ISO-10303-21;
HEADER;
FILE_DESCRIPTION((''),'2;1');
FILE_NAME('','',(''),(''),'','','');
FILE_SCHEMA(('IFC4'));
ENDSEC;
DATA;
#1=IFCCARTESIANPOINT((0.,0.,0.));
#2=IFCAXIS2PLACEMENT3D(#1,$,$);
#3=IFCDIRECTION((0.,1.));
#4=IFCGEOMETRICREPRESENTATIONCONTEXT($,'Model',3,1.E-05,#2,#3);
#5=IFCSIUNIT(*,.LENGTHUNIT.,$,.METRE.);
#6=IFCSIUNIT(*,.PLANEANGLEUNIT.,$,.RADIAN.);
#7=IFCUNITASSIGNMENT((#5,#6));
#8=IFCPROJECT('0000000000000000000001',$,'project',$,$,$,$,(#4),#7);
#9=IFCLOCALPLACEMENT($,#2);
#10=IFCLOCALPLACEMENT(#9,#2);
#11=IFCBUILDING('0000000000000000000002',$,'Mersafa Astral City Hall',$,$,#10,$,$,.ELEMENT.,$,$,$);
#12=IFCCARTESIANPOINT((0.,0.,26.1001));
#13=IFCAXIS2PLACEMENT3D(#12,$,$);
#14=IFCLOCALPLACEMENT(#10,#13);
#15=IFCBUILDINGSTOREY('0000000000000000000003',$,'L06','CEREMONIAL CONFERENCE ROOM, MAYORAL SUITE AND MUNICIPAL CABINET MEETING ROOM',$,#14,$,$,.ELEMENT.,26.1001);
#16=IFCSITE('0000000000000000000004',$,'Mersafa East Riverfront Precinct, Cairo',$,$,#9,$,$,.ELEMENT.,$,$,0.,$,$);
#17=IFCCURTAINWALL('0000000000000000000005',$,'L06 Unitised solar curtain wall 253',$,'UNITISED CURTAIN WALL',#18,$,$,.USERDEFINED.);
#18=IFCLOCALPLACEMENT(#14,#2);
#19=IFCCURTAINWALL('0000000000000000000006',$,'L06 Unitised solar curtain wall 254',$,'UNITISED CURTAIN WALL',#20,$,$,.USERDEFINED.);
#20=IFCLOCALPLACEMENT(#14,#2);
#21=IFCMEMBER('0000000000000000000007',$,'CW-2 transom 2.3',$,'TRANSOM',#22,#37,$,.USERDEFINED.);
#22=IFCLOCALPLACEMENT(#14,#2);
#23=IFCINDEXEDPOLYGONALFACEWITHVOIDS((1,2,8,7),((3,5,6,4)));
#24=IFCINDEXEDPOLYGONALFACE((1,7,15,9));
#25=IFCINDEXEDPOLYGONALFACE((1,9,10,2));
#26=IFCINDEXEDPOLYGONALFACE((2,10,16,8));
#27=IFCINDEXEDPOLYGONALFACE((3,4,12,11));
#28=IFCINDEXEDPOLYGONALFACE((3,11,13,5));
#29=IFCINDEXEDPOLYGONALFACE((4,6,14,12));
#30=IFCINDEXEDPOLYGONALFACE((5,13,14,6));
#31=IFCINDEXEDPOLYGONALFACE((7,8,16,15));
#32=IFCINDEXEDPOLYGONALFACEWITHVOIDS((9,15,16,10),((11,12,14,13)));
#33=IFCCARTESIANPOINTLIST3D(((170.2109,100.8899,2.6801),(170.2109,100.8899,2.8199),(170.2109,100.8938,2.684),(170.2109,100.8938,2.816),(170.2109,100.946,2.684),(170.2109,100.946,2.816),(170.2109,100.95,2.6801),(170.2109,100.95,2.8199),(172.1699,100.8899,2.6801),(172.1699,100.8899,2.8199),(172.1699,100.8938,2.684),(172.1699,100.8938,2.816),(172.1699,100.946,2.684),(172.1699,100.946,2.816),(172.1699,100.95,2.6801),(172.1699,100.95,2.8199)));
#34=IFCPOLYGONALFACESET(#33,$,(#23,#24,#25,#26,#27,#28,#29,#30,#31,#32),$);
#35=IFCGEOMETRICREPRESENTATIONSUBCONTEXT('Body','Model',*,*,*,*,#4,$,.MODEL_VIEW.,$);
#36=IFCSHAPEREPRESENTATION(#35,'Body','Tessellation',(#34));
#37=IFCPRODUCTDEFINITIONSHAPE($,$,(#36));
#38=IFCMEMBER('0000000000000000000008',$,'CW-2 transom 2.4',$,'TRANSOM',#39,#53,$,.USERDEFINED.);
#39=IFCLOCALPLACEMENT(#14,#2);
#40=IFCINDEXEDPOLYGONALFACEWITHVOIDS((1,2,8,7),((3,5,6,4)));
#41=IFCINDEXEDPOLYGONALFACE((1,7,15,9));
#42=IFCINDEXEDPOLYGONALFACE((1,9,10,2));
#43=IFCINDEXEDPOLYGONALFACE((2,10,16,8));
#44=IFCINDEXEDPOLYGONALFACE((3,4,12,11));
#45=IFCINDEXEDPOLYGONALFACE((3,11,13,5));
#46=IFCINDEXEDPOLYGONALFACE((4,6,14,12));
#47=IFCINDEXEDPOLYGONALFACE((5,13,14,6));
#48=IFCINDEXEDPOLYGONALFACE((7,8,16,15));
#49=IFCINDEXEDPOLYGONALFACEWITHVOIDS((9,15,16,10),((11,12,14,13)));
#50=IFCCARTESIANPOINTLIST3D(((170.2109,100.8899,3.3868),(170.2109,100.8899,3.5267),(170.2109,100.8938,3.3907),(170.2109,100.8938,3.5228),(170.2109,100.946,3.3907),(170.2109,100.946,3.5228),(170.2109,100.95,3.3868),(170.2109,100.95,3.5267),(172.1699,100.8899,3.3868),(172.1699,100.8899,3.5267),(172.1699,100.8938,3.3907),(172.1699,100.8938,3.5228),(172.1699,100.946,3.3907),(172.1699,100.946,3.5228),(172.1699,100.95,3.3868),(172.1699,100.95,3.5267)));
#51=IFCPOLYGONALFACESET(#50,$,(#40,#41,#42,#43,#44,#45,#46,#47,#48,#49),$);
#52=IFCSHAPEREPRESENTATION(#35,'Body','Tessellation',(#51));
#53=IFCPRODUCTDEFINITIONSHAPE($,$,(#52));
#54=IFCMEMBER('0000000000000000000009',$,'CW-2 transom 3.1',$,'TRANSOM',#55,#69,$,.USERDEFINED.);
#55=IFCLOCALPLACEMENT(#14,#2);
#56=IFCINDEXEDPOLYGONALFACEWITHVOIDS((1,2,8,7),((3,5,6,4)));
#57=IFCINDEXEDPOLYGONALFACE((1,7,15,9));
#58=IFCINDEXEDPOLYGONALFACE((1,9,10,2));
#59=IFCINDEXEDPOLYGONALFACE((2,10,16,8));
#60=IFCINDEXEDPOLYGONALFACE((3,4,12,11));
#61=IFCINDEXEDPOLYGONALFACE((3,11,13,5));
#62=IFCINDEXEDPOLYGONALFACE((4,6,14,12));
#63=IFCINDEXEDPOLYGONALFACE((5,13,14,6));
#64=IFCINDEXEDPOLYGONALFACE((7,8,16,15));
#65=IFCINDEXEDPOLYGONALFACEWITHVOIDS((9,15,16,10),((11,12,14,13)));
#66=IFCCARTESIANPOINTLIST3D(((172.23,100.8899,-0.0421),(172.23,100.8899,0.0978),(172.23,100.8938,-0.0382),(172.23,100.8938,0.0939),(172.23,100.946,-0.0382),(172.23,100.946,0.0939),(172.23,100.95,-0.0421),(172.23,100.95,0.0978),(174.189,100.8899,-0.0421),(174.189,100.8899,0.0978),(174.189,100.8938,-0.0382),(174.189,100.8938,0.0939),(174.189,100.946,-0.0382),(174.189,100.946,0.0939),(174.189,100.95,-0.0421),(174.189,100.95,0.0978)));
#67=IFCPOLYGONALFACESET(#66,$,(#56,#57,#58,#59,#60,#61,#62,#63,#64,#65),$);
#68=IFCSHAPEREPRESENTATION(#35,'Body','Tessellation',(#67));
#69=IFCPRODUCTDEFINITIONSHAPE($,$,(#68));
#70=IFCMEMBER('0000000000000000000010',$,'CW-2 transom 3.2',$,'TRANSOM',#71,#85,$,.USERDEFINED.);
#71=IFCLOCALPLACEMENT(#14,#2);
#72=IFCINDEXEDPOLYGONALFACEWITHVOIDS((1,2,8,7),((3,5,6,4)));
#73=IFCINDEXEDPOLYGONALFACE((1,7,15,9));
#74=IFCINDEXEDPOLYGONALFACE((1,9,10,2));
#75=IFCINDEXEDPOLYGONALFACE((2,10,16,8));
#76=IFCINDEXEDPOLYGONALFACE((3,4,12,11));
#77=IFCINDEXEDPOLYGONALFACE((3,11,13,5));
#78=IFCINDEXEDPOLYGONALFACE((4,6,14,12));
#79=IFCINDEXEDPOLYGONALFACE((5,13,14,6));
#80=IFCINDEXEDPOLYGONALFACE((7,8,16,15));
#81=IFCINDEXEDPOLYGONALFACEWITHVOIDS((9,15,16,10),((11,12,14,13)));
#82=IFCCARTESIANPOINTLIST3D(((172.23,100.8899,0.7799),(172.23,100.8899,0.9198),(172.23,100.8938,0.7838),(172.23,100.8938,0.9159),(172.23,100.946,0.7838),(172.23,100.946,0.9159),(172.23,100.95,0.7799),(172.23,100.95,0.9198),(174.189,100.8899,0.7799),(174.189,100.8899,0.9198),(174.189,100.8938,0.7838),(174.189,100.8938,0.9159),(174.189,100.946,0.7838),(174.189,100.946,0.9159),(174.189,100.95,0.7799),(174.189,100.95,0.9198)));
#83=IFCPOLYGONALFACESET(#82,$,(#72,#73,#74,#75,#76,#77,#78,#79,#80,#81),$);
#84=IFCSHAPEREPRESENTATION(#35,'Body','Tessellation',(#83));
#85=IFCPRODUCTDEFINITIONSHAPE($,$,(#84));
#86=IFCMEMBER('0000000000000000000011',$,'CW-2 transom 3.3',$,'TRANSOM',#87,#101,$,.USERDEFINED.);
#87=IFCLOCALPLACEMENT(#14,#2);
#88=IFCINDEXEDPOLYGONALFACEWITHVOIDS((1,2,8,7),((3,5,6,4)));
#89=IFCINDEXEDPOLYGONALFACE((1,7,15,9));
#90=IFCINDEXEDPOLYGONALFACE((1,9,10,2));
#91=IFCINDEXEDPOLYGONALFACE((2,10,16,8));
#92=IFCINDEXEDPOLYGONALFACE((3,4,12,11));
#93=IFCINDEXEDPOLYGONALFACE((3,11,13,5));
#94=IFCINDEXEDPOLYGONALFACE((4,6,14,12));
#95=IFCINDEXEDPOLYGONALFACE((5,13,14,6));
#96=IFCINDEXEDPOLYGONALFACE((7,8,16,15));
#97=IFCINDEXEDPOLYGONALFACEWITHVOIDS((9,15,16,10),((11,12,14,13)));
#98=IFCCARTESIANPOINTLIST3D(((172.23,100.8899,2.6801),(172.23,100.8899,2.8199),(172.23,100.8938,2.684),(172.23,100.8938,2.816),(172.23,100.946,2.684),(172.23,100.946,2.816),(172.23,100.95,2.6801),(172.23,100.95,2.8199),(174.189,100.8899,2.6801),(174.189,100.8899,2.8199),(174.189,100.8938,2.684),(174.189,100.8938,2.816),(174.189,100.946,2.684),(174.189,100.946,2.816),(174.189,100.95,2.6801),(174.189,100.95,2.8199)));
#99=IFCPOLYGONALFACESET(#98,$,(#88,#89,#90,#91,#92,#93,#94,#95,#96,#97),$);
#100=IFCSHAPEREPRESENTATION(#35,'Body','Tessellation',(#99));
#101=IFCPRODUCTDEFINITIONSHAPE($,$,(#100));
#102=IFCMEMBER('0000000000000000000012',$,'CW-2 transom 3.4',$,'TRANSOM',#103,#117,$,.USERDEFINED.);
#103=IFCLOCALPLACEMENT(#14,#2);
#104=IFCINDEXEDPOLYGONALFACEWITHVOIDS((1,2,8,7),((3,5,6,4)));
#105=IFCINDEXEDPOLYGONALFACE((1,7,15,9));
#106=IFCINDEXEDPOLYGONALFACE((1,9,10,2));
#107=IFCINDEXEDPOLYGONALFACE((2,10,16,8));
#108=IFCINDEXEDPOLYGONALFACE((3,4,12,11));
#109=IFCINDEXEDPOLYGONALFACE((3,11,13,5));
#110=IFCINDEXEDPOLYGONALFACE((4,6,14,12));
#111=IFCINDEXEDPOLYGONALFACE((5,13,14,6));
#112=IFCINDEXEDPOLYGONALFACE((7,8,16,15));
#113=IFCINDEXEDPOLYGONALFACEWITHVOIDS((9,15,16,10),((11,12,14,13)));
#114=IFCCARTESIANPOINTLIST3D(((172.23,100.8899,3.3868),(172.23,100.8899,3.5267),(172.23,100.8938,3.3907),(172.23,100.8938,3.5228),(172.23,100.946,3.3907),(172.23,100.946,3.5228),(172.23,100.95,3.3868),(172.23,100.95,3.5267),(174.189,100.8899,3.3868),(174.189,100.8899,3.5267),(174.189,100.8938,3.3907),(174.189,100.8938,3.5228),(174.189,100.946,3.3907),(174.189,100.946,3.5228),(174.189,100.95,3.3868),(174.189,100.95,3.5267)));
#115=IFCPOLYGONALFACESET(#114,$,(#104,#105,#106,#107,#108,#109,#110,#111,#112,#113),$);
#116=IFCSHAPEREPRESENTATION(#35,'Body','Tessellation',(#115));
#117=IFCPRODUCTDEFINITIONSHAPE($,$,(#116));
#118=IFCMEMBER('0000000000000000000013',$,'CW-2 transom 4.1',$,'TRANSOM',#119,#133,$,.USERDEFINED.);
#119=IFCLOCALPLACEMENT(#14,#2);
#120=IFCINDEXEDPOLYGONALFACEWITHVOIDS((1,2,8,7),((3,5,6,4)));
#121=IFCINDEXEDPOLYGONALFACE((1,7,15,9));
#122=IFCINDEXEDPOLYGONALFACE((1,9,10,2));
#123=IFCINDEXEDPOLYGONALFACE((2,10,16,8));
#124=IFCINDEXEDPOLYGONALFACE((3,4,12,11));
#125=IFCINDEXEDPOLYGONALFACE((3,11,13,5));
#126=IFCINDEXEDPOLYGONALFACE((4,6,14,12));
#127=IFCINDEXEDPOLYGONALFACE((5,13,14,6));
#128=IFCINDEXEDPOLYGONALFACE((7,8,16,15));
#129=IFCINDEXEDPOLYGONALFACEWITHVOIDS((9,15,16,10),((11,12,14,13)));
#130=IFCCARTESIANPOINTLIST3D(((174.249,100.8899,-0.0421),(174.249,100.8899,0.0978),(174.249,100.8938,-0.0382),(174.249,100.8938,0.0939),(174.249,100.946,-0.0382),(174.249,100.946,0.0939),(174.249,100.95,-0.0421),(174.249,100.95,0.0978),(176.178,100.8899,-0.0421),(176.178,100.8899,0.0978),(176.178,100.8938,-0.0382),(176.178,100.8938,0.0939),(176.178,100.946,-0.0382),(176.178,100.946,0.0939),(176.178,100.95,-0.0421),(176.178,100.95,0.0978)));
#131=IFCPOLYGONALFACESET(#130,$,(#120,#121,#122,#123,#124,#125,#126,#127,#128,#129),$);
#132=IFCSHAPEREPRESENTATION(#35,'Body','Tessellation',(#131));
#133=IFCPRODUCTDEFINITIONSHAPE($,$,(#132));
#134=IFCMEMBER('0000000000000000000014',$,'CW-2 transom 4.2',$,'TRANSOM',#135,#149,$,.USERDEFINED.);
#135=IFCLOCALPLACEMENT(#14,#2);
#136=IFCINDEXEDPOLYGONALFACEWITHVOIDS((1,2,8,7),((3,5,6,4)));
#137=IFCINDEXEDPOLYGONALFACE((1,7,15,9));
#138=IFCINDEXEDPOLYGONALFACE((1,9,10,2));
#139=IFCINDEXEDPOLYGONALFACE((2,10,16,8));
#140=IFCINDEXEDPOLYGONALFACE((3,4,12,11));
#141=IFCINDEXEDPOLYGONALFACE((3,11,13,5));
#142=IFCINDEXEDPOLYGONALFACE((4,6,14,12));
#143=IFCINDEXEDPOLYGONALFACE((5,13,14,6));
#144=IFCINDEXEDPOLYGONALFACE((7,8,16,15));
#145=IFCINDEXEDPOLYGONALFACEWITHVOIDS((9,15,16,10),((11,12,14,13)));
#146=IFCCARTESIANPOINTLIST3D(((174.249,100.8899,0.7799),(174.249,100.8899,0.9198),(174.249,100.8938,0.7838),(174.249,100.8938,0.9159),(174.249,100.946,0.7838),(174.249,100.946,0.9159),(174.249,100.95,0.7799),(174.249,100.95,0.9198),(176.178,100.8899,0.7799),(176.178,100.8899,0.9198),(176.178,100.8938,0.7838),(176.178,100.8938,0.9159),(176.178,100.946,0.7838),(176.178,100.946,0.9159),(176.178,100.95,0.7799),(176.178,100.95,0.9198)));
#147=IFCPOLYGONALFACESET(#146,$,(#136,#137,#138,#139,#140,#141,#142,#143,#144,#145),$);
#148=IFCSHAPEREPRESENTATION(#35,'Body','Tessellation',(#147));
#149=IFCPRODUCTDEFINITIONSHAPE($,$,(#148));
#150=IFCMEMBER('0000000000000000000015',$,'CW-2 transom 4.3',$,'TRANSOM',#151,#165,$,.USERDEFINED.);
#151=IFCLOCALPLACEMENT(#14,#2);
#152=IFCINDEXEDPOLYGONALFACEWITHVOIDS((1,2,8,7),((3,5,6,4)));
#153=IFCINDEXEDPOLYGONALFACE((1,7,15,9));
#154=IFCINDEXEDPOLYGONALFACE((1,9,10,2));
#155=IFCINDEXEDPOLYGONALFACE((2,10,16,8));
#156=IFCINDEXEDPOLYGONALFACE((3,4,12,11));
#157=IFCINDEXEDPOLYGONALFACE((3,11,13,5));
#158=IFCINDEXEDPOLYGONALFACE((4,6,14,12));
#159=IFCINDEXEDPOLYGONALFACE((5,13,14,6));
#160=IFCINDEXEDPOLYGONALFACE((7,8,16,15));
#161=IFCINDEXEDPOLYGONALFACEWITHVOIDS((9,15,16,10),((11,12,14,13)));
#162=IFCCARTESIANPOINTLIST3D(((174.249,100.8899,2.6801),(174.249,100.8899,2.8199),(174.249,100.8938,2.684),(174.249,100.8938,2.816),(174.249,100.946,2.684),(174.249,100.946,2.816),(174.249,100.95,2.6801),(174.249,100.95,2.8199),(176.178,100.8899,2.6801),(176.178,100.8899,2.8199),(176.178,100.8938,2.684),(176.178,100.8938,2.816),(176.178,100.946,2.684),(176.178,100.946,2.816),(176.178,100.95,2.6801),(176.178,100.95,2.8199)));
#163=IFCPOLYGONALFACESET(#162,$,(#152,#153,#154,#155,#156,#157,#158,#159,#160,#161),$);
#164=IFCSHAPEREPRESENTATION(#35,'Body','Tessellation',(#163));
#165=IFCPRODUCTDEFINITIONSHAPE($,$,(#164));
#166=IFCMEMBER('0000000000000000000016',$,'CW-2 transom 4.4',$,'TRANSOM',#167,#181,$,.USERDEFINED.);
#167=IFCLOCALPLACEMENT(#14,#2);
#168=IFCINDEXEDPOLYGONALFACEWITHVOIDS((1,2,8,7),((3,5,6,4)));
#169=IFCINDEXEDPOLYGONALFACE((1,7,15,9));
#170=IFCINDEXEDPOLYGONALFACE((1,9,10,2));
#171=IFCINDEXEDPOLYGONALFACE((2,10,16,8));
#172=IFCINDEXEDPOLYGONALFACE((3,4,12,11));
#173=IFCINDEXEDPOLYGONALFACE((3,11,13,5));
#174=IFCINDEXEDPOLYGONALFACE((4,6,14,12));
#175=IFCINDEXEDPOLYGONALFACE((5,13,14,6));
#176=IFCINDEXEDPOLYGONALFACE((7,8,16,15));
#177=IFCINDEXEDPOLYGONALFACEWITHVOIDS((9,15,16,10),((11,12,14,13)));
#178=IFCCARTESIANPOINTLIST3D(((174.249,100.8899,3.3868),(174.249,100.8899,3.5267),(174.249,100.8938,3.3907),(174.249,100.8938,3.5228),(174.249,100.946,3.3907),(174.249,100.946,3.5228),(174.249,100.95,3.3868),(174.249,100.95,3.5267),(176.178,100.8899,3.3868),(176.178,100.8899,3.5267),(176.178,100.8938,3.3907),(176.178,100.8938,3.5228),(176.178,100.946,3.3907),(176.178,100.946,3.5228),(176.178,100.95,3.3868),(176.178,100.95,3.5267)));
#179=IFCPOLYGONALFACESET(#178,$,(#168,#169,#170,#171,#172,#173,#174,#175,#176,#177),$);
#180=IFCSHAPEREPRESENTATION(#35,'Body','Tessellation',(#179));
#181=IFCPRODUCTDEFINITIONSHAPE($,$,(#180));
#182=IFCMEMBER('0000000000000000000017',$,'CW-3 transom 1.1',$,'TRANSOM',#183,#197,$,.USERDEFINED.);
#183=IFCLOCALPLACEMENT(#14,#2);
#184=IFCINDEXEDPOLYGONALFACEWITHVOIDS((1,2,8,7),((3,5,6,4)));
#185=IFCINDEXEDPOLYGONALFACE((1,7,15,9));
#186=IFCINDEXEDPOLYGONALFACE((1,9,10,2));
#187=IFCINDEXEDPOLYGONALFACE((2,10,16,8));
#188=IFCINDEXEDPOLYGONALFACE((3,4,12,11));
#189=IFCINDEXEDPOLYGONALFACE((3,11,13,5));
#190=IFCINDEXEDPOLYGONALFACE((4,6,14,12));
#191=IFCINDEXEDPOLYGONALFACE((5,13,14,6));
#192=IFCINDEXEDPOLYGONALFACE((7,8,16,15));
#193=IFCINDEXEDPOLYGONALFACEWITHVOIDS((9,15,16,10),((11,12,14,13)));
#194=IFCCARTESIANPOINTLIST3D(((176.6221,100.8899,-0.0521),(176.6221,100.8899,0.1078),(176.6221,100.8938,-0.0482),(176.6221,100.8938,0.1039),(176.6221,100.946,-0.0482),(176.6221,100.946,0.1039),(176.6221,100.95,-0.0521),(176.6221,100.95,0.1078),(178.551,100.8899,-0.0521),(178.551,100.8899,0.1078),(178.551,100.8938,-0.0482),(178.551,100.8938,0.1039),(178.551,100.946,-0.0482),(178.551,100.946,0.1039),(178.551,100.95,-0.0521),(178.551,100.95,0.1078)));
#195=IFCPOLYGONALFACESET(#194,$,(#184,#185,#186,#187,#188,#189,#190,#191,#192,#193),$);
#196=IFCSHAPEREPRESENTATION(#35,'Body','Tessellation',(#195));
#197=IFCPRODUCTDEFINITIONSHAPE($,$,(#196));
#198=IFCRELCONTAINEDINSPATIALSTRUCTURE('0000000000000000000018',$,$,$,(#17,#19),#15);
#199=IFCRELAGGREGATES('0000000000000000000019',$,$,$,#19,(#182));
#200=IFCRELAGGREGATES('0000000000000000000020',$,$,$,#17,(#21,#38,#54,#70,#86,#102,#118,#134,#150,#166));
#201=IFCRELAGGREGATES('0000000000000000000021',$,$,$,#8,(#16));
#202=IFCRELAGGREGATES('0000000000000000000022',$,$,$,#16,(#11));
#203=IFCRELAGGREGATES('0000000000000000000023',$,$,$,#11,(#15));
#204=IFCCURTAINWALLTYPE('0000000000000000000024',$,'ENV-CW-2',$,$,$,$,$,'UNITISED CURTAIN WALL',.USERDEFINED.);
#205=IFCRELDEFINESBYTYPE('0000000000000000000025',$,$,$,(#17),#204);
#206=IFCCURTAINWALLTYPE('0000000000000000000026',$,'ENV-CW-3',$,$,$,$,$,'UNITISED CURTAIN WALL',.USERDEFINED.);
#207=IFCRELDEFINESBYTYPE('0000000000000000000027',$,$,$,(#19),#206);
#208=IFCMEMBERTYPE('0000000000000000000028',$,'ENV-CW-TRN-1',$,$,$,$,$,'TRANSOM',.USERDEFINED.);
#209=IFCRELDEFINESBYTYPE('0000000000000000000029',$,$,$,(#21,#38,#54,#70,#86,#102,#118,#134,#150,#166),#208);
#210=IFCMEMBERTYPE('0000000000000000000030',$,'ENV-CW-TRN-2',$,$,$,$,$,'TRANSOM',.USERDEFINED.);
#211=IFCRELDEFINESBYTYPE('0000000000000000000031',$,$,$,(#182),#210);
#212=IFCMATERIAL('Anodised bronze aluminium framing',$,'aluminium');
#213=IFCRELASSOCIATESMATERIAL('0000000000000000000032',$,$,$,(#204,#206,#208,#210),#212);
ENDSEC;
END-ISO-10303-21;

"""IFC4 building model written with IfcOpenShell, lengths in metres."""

from ifc_helpers import new_model, si_unit, direction, frame, origin, origin_2d, place, context, subcontext, project, spatial, hollow_rectangle, extrude, material, material_profile, profile_set, type_object, element, aggregate, save


model = new_model("IFC4")

# Units and contexts
model_context = context("Model", 3, precision=1e-05, world=origin(), true_north=direction((0.0, 1.0)))
body_context = subcontext(model_context, "Body", "Model", "MODEL_VIEW")
ifc_project = project(units=[si_unit("LENGTHUNIT", "METRE"), si_unit("PLANEANGLEUNIT", "RADIAN")], contexts=[model_context])

# Site, building, storey
site_placement = place(None, origin())
site = spatial("IfcSite", under=ifc_project, at=site_placement, Name="Mersafa East Riverfront Precinct, Cairo", CompositionType="ELEMENT", RefElevation=0.0)
building_placement = place(site_placement, origin())
building = spatial("IfcBuilding", under=site, at=building_placement, Name="Mersafa Astral City Hall", CompositionType="ELEMENT")
storey_placement = place(building_placement, frame((0.0, 0.0, 26.1001)))
storey = spatial("IfcBuildingStorey", under=building, at=storey_placement, Name="L06", Description="CEREMONIAL CONFERENCE ROOM, MAYORAL SUITE AND MUNICIPAL CABINET MEETING ROOM", CompositionType="ELEMENT", Elevation=26.1001)

# Curtain wall
ifc_material_1 = material(Name="Anodised bronze aluminium framing", Category="aluminium")
curtain_wall_type_1 = type_object("IfcCurtainWallType", Name="ENV-CW-2", ElementType="UNITISED CURTAIN WALL", PredefinedType="USERDEFINED", material=ifc_material_1)
curtain_wall_1_placement = place(storey_placement, origin())
curtain_wall_1 = element("IfcCurtainWall", 1, at=curtain_wall_1_placement, inside=storey, type_object=curtain_wall_type_1, Name="L06 Unitised solar curtain wall 253", ObjectType="UNITISED CURTAIN WALL", PredefinedType="USERDEFINED")

# Curtain wall
curtain_wall_type_2 = type_object("IfcCurtainWallType", Name="ENV-CW-3", ElementType="UNITISED CURTAIN WALL", PredefinedType="USERDEFINED", material=ifc_material_1)
curtain_wall_2_placement = place(storey_placement, origin())
curtain_wall_2 = element("IfcCurtainWall", 2, at=curtain_wall_2_placement, inside=storey, type_object=curtain_wall_type_2, Name="L06 Unitised solar curtain wall 254", ObjectType="UNITISED CURTAIN WALL", PredefinedType="USERDEFINED")

# Members
ifc_material_profile_1 = material_profile(ifc_material_1, hollow_rectangle(XDim=0.0601, YDim=0.1399, WallThickness=0.0039, at=origin_2d()), Name="RHS 60x140x4")
ifc_profile_set_1 = profile_set([ifc_material_profile_1], Name="Anodised bronze aluminium framing")
member_type_1 = type_object("IfcMemberType", Name="ENV-CW-TRN-1", ElementType="TRANSOM", PredefinedType="USERDEFINED", material=ifc_profile_set_1)
member_1_placement = place(storey_placement, frame((170.2109, 100.9199, 2.75), z_axis=(1.0, 0.0, 0.0), x_axis=(0.0, 1.0, 0.0)))
member_1 = element("IfcMember", 3, at=member_1_placement, type_object=member_type_1, Name="CW-2 transom 2.3", ObjectType="TRANSOM", PredefinedType="USERDEFINED", context=body_context, shape_type="SweptSolid", body=[
    extrude(hollow_rectangle(XDim=0.0601, YDim=0.1399, WallThickness=0.0039, at=origin_2d()), origin(), (0.0, 0.0, 1.0), 1.959),
])
member_2_placement = place(storey_placement, frame((170.2109, 100.9199, 3.4568), z_axis=(1.0, 0.0, 0.0), x_axis=(0.0, 1.0, 0.0)))
member_2 = element("IfcMember", 4, at=member_2_placement, type_object=member_type_1, Name="CW-2 transom 2.4", ObjectType="TRANSOM", PredefinedType="USERDEFINED", context=body_context, shape_type="SweptSolid", body=[
    extrude(hollow_rectangle(XDim=0.0601, YDim=0.1399, WallThickness=0.0039, at=origin_2d()), origin(), (0.0, 0.0, 1.0), 1.959),
])
member_3_placement = place(storey_placement, frame((172.23, 100.9199, 0.0278), z_axis=(1.0, 0.0, 0.0), x_axis=(0.0, 1.0, 0.0)))
member_3 = element("IfcMember", 5, at=member_3_placement, type_object=member_type_1, Name="CW-2 transom 3.1", ObjectType="TRANSOM", PredefinedType="USERDEFINED", context=body_context, shape_type="SweptSolid", body=[
    extrude(hollow_rectangle(XDim=0.0601, YDim=0.1399, WallThickness=0.0039, at=origin_2d()), origin(), (0.0, 0.0, 1.0), 1.959),
])
member_4_placement = place(storey_placement, frame((172.23, 100.9199, 0.8499), z_axis=(1.0, 0.0, 0.0), x_axis=(0.0, 1.0, 0.0)))
member_4 = element("IfcMember", 6, at=member_4_placement, type_object=member_type_1, Name="CW-2 transom 3.2", ObjectType="TRANSOM", PredefinedType="USERDEFINED", context=body_context, shape_type="SweptSolid", body=[
    extrude(hollow_rectangle(XDim=0.0601, YDim=0.1399, WallThickness=0.0039, at=origin_2d()), origin(), (0.0, 0.0, 1.0), 1.959),
])
member_5_placement = place(storey_placement, frame((172.23, 100.9199, 2.75), z_axis=(1.0, 0.0, 0.0), x_axis=(0.0, 1.0, 0.0)))
member_5 = element("IfcMember", 7, at=member_5_placement, type_object=member_type_1, Name="CW-2 transom 3.3", ObjectType="TRANSOM", PredefinedType="USERDEFINED", context=body_context, shape_type="SweptSolid", body=[
    extrude(hollow_rectangle(XDim=0.0601, YDim=0.1399, WallThickness=0.0039, at=origin_2d()), origin(), (0.0, 0.0, 1.0), 1.959),
])
member_6_placement = place(storey_placement, frame((172.23, 100.9199, 3.4568), z_axis=(1.0, 0.0, 0.0), x_axis=(0.0, 1.0, 0.0)))
member_6 = element("IfcMember", 8, at=member_6_placement, type_object=member_type_1, Name="CW-2 transom 3.4", ObjectType="TRANSOM", PredefinedType="USERDEFINED", context=body_context, shape_type="SweptSolid", body=[
    extrude(hollow_rectangle(XDim=0.0601, YDim=0.1399, WallThickness=0.0039, at=origin_2d()), origin(), (0.0, 0.0, 1.0), 1.959),
])
member_7_placement = place(storey_placement, frame((174.249, 100.9199, 0.0278), z_axis=(1.0, 0.0, 0.0), x_axis=(0.0, 1.0, 0.0)))
member_7 = element("IfcMember", 9, at=member_7_placement, type_object=member_type_1, Name="CW-2 transom 4.1", ObjectType="TRANSOM", PredefinedType="USERDEFINED", context=body_context, shape_type="SweptSolid", body=[
    extrude(hollow_rectangle(XDim=0.0601, YDim=0.1399, WallThickness=0.0039, at=origin_2d()), origin(), (0.0, 0.0, 1.0), 1.929),
])
member_8_placement = place(storey_placement, frame((174.249, 100.9199, 0.8499), z_axis=(1.0, 0.0, 0.0), x_axis=(0.0, 1.0, 0.0)))
member_8 = element("IfcMember", 10, at=member_8_placement, type_object=member_type_1, Name="CW-2 transom 4.2", ObjectType="TRANSOM", PredefinedType="USERDEFINED", context=body_context, shape_type="SweptSolid", body=[
    extrude(hollow_rectangle(XDim=0.0601, YDim=0.1399, WallThickness=0.0039, at=origin_2d()), origin(), (0.0, 0.0, 1.0), 1.929),
])
member_9_placement = place(storey_placement, frame((174.249, 100.9199, 2.75), z_axis=(1.0, 0.0, 0.0), x_axis=(0.0, 1.0, 0.0)))
member_9 = element("IfcMember", 11, at=member_9_placement, type_object=member_type_1, Name="CW-2 transom 4.3", ObjectType="TRANSOM", PredefinedType="USERDEFINED", context=body_context, shape_type="SweptSolid", body=[
    extrude(hollow_rectangle(XDim=0.0601, YDim=0.1399, WallThickness=0.0039, at=origin_2d()), origin(), (0.0, 0.0, 1.0), 1.929),
])
member_10_placement = place(storey_placement, frame((174.249, 100.9199, 3.4568), z_axis=(1.0, 0.0, 0.0), x_axis=(0.0, 1.0, 0.0)))
member_10 = element("IfcMember", 12, at=member_10_placement, type_object=member_type_1, Name="CW-2 transom 4.4", ObjectType="TRANSOM", PredefinedType="USERDEFINED", context=body_context, shape_type="SweptSolid", body=[
    extrude(hollow_rectangle(XDim=0.0601, YDim=0.1399, WallThickness=0.0039, at=origin_2d()), origin(), (0.0, 0.0, 1.0), 1.929),
])
ifc_material_profile_2 = material_profile(ifc_material_1, hollow_rectangle(XDim=0.0601, YDim=0.1599, WallThickness=0.0039, at=origin_2d()), Name="RHS 60x160x4")
ifc_profile_set_2 = profile_set([ifc_material_profile_2], Name="Anodised bronze aluminium framing")
member_type_2 = type_object("IfcMemberType", Name="ENV-CW-TRN-2", ElementType="TRANSOM", PredefinedType="USERDEFINED", material=ifc_profile_set_2)
member_11_placement = place(storey_placement, frame((176.6221, 100.9199, 0.0278), z_axis=(1.0, 0.0, 0.0), x_axis=(0.0, 1.0, 0.0)))
member_11 = element("IfcMember", 13, at=member_11_placement, type_object=member_type_2, Name="CW-3 transom 1.1", ObjectType="TRANSOM", PredefinedType="USERDEFINED", context=body_context, shape_type="SweptSolid", body=[
    extrude(hollow_rectangle(XDim=0.0601, YDim=0.1599, WallThickness=0.0039, at=origin_2d()), origin(), (0.0, 0.0, 1.0), 1.929),
])
aggregate(curtain_wall_2, [member_11])

aggregate(curtain_wall_1, [member_1, member_2, member_3, member_4, member_5, member_6, member_7, member_8, member_9, member_10])

save(model, "model.ifc")
